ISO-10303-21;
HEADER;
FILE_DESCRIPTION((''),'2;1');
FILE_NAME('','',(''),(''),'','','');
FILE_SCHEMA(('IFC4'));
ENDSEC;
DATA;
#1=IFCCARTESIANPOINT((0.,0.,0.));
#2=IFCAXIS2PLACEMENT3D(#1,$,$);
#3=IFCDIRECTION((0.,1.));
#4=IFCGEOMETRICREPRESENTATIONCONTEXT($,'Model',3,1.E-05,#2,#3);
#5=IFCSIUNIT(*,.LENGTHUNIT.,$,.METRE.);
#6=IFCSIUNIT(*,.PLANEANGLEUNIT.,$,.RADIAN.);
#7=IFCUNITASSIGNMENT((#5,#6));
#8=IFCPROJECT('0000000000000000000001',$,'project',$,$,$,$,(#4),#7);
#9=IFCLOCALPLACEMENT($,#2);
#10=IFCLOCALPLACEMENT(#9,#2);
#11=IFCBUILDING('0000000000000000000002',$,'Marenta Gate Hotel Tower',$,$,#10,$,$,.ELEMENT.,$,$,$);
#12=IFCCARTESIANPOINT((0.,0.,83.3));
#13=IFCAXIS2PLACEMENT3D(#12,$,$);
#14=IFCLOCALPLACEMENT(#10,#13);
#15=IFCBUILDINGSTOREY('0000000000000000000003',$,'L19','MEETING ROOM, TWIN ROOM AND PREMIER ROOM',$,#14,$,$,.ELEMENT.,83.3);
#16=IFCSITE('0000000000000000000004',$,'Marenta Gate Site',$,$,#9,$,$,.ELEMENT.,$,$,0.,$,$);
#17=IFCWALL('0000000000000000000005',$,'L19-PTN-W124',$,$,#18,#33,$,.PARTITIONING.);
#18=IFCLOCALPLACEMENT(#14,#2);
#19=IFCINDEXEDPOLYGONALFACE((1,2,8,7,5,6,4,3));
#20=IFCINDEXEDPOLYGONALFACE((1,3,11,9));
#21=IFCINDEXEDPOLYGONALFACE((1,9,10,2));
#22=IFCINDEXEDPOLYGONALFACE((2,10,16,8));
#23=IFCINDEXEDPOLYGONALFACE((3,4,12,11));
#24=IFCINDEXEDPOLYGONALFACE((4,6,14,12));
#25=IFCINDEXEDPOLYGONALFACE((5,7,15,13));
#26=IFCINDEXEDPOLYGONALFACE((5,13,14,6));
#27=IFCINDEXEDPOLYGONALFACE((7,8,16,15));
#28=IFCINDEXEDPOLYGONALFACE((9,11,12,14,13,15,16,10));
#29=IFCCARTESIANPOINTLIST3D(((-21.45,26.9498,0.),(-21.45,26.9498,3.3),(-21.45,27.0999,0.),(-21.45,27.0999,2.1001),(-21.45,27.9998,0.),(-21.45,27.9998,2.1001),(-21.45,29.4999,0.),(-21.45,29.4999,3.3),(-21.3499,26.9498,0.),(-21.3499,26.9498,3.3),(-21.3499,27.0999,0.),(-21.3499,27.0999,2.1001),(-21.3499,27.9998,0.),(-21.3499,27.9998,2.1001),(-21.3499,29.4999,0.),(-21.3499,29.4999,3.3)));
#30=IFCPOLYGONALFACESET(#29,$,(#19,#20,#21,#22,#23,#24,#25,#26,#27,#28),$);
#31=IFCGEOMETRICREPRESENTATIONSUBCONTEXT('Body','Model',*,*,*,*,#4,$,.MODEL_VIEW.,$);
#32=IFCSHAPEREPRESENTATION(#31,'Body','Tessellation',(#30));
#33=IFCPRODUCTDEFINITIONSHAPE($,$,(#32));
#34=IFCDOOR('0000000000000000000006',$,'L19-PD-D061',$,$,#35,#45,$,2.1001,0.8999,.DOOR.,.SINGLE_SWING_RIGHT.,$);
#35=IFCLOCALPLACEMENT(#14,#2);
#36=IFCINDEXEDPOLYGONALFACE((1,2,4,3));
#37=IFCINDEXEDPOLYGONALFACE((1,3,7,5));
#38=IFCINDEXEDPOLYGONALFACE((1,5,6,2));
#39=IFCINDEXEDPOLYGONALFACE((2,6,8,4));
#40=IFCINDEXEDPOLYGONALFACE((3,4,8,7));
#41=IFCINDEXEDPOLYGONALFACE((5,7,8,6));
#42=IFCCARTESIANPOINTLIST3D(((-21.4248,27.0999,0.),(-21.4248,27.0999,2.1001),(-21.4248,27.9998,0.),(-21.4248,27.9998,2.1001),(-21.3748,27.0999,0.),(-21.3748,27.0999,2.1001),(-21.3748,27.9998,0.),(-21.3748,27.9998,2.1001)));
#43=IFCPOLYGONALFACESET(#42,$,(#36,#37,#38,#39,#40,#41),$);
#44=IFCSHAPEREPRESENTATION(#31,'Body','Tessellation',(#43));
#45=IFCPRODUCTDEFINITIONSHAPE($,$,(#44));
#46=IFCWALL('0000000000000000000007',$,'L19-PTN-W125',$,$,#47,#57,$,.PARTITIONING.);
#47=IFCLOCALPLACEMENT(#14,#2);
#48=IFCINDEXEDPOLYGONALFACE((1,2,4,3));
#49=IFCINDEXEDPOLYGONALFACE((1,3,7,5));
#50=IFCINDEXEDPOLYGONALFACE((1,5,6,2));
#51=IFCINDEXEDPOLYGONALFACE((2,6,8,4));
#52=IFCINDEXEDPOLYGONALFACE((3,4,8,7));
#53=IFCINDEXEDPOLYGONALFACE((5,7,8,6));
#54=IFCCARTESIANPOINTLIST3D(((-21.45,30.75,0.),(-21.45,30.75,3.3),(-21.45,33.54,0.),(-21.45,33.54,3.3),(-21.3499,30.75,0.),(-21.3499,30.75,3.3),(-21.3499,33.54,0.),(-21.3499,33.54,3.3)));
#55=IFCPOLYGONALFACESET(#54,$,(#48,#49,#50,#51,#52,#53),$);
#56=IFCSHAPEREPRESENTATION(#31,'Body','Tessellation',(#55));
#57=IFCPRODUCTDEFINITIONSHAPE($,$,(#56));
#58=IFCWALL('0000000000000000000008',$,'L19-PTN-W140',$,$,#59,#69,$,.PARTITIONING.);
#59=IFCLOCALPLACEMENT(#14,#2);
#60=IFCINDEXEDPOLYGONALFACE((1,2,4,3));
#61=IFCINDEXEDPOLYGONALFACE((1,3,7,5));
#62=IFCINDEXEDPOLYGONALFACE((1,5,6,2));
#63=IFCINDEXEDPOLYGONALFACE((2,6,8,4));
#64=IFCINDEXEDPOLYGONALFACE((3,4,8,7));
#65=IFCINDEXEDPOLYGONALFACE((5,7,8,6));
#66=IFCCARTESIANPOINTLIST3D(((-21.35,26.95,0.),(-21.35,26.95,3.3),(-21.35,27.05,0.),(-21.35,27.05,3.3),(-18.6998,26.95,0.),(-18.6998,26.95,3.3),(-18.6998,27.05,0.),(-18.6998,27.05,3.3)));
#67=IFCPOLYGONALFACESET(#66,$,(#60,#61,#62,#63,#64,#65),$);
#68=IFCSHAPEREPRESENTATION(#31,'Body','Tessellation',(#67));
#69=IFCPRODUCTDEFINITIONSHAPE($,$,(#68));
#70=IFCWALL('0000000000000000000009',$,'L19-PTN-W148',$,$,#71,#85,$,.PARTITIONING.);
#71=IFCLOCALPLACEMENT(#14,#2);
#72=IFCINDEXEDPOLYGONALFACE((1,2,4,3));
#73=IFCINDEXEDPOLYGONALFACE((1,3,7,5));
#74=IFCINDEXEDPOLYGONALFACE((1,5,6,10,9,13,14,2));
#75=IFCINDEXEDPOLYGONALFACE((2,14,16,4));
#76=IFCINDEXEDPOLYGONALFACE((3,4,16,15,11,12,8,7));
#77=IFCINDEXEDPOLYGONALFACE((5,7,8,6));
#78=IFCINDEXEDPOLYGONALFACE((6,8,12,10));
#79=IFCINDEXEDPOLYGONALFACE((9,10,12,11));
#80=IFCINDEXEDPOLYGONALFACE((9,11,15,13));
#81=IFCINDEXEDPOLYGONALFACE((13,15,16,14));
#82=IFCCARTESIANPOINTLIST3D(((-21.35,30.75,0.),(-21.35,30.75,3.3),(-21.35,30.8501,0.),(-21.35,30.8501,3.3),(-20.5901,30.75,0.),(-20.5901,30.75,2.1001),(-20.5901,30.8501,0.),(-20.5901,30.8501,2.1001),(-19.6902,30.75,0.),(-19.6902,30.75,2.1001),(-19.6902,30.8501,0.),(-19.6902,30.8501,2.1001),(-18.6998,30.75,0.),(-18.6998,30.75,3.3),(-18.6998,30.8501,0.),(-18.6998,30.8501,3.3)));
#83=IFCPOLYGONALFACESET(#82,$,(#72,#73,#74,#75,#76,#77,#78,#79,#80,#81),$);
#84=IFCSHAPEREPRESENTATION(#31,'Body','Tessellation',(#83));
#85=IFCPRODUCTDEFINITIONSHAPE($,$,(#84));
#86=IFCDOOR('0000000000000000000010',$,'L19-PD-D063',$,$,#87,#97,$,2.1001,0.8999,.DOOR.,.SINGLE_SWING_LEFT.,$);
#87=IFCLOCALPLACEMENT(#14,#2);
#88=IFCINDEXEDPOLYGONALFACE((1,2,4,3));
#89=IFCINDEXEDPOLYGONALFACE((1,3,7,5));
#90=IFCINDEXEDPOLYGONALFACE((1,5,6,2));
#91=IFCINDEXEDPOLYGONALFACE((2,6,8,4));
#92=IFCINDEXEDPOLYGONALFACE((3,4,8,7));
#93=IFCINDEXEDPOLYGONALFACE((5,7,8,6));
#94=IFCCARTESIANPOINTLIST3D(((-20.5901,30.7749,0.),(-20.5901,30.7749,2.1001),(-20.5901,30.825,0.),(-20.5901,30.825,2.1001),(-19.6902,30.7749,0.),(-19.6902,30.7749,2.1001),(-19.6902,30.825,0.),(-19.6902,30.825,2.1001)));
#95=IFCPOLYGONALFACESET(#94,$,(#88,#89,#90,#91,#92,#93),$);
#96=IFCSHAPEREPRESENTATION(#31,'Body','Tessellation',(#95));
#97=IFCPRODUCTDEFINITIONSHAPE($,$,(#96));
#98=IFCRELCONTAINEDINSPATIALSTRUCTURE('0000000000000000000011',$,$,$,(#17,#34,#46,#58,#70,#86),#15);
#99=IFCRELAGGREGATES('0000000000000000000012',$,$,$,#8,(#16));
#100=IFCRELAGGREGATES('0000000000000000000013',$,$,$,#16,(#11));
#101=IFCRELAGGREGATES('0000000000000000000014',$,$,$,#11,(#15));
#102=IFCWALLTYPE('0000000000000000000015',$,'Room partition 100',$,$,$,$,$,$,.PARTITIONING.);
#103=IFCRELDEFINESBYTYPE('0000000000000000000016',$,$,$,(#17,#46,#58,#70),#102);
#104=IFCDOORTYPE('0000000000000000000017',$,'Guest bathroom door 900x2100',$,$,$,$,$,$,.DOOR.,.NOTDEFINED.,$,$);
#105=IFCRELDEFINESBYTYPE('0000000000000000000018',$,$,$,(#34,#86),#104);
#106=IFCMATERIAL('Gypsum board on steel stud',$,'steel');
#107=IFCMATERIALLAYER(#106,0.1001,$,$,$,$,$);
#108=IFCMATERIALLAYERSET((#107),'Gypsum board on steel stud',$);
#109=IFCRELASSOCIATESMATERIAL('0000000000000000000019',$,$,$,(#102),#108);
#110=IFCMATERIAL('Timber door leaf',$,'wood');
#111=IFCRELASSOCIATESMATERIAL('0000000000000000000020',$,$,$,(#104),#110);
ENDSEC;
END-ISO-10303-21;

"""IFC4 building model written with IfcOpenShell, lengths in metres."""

from ifc_helpers import new_model, si_unit, direction, frame, frame_2d, origin, place, context, subcontext, project, spatial, rectangle, extrude, material, layer, layer_set, type_object, element, fill, save


model = new_model("IFC4")

# Units and contexts
model_context = context("Model", 3, precision=1e-05, world=origin(), true_north=direction((0.0, 1.0)))
body_context = subcontext(model_context, "Body", "Model", "MODEL_VIEW")
ifc_project = project(units=[si_unit("LENGTHUNIT", "METRE"), si_unit("PLANEANGLEUNIT", "RADIAN")], contexts=[model_context])

# Site, building, storey
site_placement = place(None, origin())
site = spatial("IfcSite", under=ifc_project, at=site_placement, Name="Marenta Gate Site", CompositionType="ELEMENT", RefElevation=0.0)
building_placement = place(site_placement, origin())
building = spatial("IfcBuilding", under=site, at=building_placement, Name="Marenta Gate Hotel Tower", CompositionType="ELEMENT")
storey_placement = place(building_placement, frame((0.0, 0.0, 83.3)))
storey = spatial("IfcBuildingStorey", under=building, at=storey_placement, Name="L19", Description="MEETING ROOM, TWIN ROOM AND PREMIER ROOM", CompositionType="ELEMENT", Elevation=83.3)

# Wall, opening, door
ifc_material_1 = material(Name="Gypsum board on steel stud", Category="steel")
ifc_layer_1 = layer(ifc_material_1, 0.1001)
ifc_layer_set_1 = layer_set([ifc_layer_1], Name="Gypsum board on steel stud")
wall_type_1 = type_object("IfcWallType", Name="Room partition 100", PredefinedType="PARTITIONING", material=ifc_layer_set_1)
wall_1_placement = place(storey_placement, frame((-21.3999, 26.95, 0.0), z_axis=(0.0, 0.0, 1.0), x_axis=(0.0, 1.0, 0.0)))
wall_1 = element("IfcWall", 1, at=wall_1_placement, inside=storey, type_object=wall_type_1, Name="L19-PTN-W124", PredefinedType="PARTITIONING", context=body_context, shape_type="SweptSolid", body=[
    extrude(rectangle(XDim=2.55, YDim=0.1001, at=frame_2d((1.2749, 0.0))), origin(), (0.0, 0.0, 1.0), 3.3),
])
opening_1_placement = place(wall_1_placement, frame((0.1499, 0.0, 0.0)))
opening_1 = element("IfcOpeningElement", 2, at=opening_1_placement, cuts=wall_1, PredefinedType="OPENING", context=body_context, shape_type="SweptSolid", body=[
    extrude(rectangle(XDim=0.8999, YDim=2.1001, at=frame_2d((0.45, 1.05))), frame((0.0, 0.05, 0.0), z_axis=(0.0, -1.0, 0.0), x_axis=(1.0, 0.0, 0.0)), (0.0, 0.0, 1.0), 0.1001),
])
ifc_material_2 = material(Name="Timber door leaf", Category="wood")
door_type_1 = type_object("IfcDoorType", Name="Guest bathroom door 900x2100", OperationType="NOTDEFINED", PredefinedType="DOOR", material=ifc_material_2)
door_1_placement = place(opening_1_placement, origin())
door_1 = element("IfcDoor", 3, at=door_1_placement, inside=storey, type_object=door_type_1, Name="L19-PD-D061", OperationType="SINGLE_SWING_RIGHT", OverallHeight=2.1001, OverallWidth=0.8999, PredefinedType="DOOR", context=body_context, shape_type="SweptSolid", body=[
    extrude(rectangle(XDim=0.8999, YDim=2.1001, at=frame_2d((0.45, 1.05))), frame((0.0, 0.0249, 0.0), z_axis=(0.0, -1.0, 0.0), x_axis=(1.0, 0.0, 0.0)), (0.0, 0.0, 1.0), 0.05),
])
fill(opening_1, door_1)

# Walls
wall_2_placement = place(storey_placement, frame((-21.3999, 30.75, 0.0), z_axis=(0.0, 0.0, 1.0), x_axis=(0.0, 1.0, 0.0)))
element("IfcWall", 4, at=wall_2_placement, inside=storey, type_object=wall_type_1, Name="L19-PTN-W125", PredefinedType="PARTITIONING", context=body_context, shape_type="SweptSolid", body=[
    extrude(rectangle(XDim=2.79, YDim=0.1001, at=frame_2d((1.395, 0.0))), origin(), (0.0, 0.0, 1.0), 3.3),
])
wall_3_placement = place(storey_placement, frame((-21.3501, 27.0, 0.0), z_axis=(0.0, 0.0, 1.0), x_axis=(1.0, 0.0, 0.0)))
element("IfcWall", 5, at=wall_3_placement, inside=storey, type_object=wall_type_1, Name="L19-PTN-W140", PredefinedType="PARTITIONING", context=body_context, shape_type="SweptSolid", body=[
    extrude(rectangle(XDim=2.6501, YDim=0.1001, at=frame_2d((1.3252, 0.0))), origin(), (0.0, 0.0, 1.0), 3.3),
])

# Wall, opening, door
wall_4_placement = place(storey_placement, frame((-21.3501, 30.8, 0.0), z_axis=(0.0, 0.0, 1.0), x_axis=(1.0, 0.0, 0.0)))
wall_4 = element("IfcWall", 6, at=wall_4_placement, inside=storey, type_object=wall_type_1, Name="L19-PTN-W148", PredefinedType="PARTITIONING", context=body_context, shape_type="SweptSolid", body=[
    extrude(rectangle(XDim=2.6501, YDim=0.1001, at=frame_2d((1.3252, 0.0))), origin(), (0.0, 0.0, 1.0), 3.3),
])
opening_2_placement = place(wall_4_placement, frame((0.76, 0.0, 0.0)))
opening_2 = element("IfcOpeningElement", 7, at=opening_2_placement, cuts=wall_4, PredefinedType="OPENING", context=body_context, shape_type="SweptSolid", body=[
    extrude(rectangle(XDim=0.8999, YDim=2.1001, at=frame_2d((0.45, 1.05))), frame((0.0, 0.05, 0.0), z_axis=(0.0, -1.0, 0.0), x_axis=(1.0, 0.0, 0.0)), (0.0, 0.0, 1.0), 0.1001),
])
door_2_placement = place(opening_2_placement, origin())
door_2 = element("IfcDoor", 8, at=door_2_placement, inside=storey, type_object=door_type_1, Name="L19-PD-D063", OperationType="SINGLE_SWING_LEFT", OverallHeight=2.1001, OverallWidth=0.8999, PredefinedType="DOOR", context=body_context, shape_type="SweptSolid", body=[
    extrude(rectangle(XDim=0.8999, YDim=2.1001, at=frame_2d((0.45, 1.05))), frame((0.0, 0.0249, 0.0), z_axis=(0.0, -1.0, 0.0), x_axis=(1.0, 0.0, 0.0)), (0.0, 0.0, 1.0), 0.05),
])
fill(opening_2, door_2)

save(model, "model.ifc")
